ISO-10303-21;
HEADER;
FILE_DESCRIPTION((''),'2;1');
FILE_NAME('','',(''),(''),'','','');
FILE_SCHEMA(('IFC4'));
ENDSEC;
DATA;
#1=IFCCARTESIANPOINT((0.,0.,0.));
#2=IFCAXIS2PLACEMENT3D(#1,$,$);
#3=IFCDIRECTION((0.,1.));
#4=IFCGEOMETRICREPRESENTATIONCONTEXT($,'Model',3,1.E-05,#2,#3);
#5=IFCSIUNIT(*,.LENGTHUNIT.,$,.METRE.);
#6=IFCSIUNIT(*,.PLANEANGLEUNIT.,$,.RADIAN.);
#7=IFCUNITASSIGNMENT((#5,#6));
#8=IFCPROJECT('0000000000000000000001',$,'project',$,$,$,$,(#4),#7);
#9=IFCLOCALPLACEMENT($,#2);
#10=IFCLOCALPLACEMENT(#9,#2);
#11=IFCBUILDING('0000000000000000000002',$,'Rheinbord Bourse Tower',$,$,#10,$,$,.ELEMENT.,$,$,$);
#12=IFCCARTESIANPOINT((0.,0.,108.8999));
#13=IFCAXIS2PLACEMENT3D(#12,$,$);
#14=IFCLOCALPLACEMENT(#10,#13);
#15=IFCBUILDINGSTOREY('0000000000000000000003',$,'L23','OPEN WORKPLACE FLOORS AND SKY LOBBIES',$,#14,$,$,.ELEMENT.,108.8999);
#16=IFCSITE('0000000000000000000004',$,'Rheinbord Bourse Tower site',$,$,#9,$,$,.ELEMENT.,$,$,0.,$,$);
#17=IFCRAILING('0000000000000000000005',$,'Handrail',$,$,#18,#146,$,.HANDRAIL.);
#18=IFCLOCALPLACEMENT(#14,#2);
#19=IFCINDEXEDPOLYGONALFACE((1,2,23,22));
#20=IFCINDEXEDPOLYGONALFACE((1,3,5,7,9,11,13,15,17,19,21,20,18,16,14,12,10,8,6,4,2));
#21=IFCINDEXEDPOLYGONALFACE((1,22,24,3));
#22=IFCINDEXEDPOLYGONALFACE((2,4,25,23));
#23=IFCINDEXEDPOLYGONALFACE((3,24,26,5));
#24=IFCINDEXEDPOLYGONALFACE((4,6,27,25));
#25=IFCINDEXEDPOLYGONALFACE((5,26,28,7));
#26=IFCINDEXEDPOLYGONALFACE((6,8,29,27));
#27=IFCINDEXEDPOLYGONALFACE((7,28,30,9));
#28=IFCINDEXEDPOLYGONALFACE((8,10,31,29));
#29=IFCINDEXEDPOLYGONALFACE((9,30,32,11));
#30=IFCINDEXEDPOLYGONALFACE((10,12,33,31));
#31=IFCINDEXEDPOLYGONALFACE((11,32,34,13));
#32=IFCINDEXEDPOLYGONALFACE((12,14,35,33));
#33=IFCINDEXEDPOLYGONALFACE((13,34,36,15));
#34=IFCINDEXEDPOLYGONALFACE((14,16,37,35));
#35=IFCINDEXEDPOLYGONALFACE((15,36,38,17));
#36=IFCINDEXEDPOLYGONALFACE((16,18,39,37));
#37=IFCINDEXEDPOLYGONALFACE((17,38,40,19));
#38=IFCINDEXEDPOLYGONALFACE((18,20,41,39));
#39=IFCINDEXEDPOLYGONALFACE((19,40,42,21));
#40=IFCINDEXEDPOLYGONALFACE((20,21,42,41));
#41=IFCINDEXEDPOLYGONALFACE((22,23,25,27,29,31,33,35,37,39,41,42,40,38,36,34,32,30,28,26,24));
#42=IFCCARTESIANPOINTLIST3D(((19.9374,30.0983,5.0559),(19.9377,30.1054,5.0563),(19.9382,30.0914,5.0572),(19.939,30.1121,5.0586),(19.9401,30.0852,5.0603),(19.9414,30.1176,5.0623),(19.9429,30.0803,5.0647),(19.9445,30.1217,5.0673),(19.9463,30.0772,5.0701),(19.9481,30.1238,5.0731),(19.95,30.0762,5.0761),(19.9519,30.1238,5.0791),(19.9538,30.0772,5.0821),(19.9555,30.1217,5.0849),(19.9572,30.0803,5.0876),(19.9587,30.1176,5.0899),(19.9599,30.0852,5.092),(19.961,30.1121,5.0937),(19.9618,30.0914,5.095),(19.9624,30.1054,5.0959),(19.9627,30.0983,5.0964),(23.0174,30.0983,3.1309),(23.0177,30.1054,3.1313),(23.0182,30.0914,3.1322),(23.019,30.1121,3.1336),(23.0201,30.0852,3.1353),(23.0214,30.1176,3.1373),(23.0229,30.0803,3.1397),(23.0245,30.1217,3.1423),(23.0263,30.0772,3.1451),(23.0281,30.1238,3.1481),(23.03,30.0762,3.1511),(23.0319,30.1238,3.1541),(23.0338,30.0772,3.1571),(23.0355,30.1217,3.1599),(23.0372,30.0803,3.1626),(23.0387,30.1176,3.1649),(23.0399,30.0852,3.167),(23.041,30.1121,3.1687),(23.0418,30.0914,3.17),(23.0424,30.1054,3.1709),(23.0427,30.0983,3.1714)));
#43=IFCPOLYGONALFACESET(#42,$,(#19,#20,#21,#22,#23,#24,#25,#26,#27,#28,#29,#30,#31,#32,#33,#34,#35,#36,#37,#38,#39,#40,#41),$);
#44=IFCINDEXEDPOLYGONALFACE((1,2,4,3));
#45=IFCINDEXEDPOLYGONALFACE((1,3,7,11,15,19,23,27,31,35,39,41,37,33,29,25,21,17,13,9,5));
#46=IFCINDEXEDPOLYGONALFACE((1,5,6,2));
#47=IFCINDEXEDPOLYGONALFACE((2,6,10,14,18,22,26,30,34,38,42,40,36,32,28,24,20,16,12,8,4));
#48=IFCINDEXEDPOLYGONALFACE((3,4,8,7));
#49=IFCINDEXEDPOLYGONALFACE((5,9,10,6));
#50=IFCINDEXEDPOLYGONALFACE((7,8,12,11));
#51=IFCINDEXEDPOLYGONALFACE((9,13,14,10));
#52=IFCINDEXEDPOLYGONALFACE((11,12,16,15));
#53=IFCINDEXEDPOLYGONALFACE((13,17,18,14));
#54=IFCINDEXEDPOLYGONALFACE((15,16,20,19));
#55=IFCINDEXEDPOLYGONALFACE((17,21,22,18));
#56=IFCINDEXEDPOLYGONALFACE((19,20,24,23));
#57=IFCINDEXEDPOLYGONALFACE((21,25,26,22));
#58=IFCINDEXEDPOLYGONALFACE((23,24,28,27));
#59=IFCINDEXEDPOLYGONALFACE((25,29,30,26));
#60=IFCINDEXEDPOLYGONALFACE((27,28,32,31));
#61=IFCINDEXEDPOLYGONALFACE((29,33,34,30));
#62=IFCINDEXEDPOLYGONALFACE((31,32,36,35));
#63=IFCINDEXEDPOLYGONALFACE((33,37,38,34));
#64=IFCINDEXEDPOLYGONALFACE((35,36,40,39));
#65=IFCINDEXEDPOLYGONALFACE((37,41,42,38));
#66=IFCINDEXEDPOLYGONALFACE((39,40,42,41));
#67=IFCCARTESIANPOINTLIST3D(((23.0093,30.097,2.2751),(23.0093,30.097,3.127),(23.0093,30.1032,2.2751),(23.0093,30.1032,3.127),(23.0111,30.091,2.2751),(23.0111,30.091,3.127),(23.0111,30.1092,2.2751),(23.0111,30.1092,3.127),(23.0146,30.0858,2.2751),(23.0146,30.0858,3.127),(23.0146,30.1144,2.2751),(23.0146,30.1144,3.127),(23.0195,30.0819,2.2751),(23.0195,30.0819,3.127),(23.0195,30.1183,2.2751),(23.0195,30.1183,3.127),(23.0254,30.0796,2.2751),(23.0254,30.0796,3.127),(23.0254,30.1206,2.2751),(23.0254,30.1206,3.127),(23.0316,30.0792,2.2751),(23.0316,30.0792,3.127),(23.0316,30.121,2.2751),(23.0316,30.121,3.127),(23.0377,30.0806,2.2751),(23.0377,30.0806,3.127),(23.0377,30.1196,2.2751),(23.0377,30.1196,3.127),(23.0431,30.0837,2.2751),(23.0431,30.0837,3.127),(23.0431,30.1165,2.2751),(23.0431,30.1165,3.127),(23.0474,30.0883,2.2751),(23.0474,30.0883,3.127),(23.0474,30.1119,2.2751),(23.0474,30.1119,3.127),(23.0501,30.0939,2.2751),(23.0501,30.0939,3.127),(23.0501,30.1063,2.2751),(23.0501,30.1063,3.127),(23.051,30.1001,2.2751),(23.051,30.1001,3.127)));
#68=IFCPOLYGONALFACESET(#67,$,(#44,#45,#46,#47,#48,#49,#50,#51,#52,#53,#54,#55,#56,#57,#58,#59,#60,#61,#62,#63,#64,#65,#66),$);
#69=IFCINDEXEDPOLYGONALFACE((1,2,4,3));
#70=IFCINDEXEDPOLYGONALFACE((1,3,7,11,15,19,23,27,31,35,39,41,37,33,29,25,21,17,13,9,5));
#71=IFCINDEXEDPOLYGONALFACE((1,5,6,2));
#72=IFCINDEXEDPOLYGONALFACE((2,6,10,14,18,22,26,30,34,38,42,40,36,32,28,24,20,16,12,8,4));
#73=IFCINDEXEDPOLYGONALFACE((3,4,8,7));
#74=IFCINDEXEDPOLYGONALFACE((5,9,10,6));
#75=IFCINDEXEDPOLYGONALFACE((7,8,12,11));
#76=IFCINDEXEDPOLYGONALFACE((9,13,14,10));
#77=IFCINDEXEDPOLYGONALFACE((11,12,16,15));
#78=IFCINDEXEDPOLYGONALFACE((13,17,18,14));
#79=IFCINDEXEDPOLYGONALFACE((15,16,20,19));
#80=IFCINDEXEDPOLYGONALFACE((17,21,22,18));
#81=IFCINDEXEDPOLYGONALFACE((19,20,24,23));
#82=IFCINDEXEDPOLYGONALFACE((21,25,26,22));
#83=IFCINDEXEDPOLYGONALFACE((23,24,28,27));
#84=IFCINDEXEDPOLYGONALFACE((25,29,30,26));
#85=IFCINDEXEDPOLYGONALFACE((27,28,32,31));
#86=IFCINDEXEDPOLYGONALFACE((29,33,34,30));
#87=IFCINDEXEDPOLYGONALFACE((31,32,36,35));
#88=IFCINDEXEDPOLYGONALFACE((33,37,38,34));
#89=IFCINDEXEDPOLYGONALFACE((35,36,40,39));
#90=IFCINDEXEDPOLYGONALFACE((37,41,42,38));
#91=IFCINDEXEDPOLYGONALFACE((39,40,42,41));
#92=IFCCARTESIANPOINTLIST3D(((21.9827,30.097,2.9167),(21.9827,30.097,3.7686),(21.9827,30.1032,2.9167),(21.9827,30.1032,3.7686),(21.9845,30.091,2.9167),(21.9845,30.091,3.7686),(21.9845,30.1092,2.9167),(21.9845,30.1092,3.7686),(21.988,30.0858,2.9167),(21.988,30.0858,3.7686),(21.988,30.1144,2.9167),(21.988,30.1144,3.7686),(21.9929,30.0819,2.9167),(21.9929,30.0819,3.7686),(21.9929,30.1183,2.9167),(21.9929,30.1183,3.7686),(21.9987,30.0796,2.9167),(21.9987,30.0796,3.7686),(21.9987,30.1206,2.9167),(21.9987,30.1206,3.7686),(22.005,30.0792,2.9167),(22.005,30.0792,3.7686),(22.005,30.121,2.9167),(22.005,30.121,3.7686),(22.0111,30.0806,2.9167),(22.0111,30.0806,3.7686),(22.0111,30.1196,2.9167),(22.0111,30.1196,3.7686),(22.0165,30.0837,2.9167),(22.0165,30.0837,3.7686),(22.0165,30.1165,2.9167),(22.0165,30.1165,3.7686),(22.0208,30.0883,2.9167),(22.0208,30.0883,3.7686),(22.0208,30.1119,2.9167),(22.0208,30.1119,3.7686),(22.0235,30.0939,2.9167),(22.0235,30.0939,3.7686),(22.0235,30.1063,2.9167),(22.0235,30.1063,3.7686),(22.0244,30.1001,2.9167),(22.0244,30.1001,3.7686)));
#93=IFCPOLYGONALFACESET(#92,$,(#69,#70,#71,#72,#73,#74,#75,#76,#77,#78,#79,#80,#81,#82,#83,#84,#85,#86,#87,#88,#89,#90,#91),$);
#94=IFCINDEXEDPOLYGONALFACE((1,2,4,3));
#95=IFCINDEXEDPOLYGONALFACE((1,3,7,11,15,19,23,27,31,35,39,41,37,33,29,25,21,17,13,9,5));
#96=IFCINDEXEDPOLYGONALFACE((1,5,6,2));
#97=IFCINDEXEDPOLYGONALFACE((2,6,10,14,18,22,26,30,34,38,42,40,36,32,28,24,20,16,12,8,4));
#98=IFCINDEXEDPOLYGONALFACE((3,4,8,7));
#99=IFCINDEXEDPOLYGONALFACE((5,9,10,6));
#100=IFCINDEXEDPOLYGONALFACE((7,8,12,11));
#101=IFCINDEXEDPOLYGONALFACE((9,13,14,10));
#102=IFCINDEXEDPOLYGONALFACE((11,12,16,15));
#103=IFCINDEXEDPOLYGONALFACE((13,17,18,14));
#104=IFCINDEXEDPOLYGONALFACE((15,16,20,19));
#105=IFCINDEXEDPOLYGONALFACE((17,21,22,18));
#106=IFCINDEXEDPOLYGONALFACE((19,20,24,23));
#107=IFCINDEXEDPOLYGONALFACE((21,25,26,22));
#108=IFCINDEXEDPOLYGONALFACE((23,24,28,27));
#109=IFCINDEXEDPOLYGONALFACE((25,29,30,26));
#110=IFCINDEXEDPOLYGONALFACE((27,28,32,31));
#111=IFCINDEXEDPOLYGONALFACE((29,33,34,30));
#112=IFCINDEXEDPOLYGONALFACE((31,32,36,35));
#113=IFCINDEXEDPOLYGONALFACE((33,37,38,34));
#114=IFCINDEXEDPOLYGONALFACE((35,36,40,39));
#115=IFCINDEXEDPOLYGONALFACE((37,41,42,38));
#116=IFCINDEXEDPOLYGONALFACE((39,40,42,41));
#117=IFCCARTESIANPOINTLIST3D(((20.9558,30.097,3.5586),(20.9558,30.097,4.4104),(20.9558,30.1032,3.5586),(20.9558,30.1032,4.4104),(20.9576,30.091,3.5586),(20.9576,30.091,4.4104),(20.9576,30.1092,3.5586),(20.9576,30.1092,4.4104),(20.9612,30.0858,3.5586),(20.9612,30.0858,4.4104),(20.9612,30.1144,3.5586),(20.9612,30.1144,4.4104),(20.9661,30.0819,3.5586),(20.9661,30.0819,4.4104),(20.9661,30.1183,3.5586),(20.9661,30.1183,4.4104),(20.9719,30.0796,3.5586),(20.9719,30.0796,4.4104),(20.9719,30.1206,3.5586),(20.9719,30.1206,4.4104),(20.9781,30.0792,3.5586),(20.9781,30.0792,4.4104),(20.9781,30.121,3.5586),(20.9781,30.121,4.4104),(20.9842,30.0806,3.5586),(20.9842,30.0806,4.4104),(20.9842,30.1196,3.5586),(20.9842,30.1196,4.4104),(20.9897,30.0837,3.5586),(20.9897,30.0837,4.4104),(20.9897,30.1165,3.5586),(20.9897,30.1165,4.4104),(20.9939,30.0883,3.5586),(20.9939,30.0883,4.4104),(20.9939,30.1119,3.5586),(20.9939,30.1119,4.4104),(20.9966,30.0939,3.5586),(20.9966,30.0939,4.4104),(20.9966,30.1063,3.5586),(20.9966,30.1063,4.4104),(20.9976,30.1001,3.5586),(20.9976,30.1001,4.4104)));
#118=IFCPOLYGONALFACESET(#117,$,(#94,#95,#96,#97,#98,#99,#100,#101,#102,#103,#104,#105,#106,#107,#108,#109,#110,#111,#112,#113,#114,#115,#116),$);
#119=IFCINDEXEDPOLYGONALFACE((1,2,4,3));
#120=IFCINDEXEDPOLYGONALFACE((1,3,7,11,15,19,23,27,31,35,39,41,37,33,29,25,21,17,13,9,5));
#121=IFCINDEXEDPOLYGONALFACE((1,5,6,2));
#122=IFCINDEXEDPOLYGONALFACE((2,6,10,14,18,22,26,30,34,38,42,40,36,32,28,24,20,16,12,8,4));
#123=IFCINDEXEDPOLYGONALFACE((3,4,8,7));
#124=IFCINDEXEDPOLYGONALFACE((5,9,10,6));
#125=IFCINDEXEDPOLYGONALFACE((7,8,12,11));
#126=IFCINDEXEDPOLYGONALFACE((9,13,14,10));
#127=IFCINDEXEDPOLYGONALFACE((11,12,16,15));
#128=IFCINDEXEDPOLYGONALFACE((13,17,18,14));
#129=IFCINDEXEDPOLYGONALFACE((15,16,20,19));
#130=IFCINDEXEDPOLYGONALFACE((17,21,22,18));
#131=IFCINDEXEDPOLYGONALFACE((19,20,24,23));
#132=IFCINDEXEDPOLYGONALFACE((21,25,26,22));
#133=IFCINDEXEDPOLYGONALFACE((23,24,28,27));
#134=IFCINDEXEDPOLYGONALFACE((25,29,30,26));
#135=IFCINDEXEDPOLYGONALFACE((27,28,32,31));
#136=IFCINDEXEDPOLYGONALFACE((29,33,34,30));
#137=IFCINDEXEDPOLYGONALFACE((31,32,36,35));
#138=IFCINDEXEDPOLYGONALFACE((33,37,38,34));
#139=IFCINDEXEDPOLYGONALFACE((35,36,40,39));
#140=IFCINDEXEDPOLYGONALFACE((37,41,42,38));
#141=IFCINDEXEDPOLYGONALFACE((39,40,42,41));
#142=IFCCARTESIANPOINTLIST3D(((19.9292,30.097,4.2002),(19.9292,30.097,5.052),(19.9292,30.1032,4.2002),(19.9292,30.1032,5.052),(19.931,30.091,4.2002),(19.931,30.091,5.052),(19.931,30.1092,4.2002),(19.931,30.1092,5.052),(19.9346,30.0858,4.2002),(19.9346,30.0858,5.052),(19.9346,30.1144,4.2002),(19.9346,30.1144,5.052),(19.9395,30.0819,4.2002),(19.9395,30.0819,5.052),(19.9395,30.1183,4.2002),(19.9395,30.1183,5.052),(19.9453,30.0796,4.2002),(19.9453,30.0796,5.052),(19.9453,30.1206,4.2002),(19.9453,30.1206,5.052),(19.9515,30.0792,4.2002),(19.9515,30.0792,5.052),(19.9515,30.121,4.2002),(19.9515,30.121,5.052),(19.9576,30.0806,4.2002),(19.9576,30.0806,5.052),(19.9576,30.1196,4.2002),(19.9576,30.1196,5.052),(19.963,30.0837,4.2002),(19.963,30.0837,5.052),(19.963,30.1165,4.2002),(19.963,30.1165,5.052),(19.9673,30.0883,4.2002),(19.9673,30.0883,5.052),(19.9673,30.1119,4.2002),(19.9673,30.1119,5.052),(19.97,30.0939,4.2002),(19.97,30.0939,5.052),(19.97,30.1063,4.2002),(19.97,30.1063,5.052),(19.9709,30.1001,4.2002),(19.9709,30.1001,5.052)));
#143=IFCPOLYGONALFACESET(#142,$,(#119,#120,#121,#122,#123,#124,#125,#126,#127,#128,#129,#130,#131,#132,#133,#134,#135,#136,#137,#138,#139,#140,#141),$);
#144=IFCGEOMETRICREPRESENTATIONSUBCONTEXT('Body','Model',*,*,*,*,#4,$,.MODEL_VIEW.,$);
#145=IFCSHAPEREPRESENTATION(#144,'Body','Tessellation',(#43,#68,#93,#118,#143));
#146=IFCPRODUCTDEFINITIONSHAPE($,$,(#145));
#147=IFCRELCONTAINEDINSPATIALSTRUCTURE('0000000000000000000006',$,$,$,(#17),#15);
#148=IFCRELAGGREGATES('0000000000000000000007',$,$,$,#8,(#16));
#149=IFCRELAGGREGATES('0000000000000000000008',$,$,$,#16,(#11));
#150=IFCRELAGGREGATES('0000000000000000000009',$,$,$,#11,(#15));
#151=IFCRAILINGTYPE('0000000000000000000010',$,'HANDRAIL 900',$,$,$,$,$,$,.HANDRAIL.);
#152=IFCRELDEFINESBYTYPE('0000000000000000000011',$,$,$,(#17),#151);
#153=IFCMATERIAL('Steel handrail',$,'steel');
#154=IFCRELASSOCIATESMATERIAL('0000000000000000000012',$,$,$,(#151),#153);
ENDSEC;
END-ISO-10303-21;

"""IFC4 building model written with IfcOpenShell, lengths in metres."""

from ifc_helpers import new_model, si_unit, direction, frame, origin, origin_2d, place, context, subcontext, project, spatial, circle, extrude, material, type_object, element, save


model = new_model("IFC4")

# Units and contexts
model_context = context("Model", 3, precision=1e-05, world=origin(), true_north=direction((0.0, 1.0)))
body_context = subcontext(model_context, "Body", "Model", "MODEL_VIEW")
ifc_project = project(units=[si_unit("LENGTHUNIT", "METRE"), si_unit("PLANEANGLEUNIT", "RADIAN")], contexts=[model_context])

# Site, building, storey
site_placement = place(None, origin())
site = spatial("IfcSite", under=ifc_project, at=site_placement, Name="Rheinbord Bourse Tower site", CompositionType="ELEMENT", RefElevation=0.0)
building_placement = place(site_placement, origin())
building = spatial("IfcBuilding", under=site, at=building_placement, Name="Rheinbord Bourse Tower", CompositionType="ELEMENT")
storey_placement = place(building_placement, frame((0.0, 0.0, 108.8999)))
storey = spatial("IfcBuildingStorey", under=building, at=storey_placement, Name="L23", Description="OPEN WORKPLACE FLOORS AND SKY LOBBIES", CompositionType="ELEMENT", Elevation=108.8999)

# Railing
ifc_material_1 = material(Name="Steel handrail", Category="steel")
railing_type = type_object("IfcRailingType", Name="HANDRAIL 900", PredefinedType="HANDRAIL", material=ifc_material_1)
railing_1_placement = place(storey_placement, frame((23.03, 30.1001, 2.2751)))
element("IfcRailing", 1, at=railing_1_placement, inside=storey, type_object=railing_type, Name="Handrail", PredefinedType="HANDRAIL", context=body_context, shape_type="SweptSolid", body=[
    extrude(circle(Radius=0.0239, at=origin_2d()), frame((0.0, 0.0, 0.876), z_axis=(-0.847998, 0.0, 0.529999), x_axis=(0.0, -1.0, 0.0)), (0.0, 0.0, 1.0), 3.6321),
    extrude(circle(Radius=0.021, at=origin_2d()), origin(), (0.0, 0.0, 1.0), 0.8518),
    extrude(circle(Radius=0.021, at=origin_2d()), frame((-1.0266, 0.0, 0.6416)), (0.0, 0.0, 1.0), 0.8518),
    extrude(circle(Radius=0.021, at=origin_2d()), frame((-2.0535, 0.0, 1.2834)), (0.0, 0.0, 1.0), 0.8518),
    extrude(circle(Radius=0.021, at=origin_2d()), frame((-3.0801, 0.0, 1.925)), (0.0, 0.0, 1.0), 0.8518),
])

save(model, "model.ifc")
